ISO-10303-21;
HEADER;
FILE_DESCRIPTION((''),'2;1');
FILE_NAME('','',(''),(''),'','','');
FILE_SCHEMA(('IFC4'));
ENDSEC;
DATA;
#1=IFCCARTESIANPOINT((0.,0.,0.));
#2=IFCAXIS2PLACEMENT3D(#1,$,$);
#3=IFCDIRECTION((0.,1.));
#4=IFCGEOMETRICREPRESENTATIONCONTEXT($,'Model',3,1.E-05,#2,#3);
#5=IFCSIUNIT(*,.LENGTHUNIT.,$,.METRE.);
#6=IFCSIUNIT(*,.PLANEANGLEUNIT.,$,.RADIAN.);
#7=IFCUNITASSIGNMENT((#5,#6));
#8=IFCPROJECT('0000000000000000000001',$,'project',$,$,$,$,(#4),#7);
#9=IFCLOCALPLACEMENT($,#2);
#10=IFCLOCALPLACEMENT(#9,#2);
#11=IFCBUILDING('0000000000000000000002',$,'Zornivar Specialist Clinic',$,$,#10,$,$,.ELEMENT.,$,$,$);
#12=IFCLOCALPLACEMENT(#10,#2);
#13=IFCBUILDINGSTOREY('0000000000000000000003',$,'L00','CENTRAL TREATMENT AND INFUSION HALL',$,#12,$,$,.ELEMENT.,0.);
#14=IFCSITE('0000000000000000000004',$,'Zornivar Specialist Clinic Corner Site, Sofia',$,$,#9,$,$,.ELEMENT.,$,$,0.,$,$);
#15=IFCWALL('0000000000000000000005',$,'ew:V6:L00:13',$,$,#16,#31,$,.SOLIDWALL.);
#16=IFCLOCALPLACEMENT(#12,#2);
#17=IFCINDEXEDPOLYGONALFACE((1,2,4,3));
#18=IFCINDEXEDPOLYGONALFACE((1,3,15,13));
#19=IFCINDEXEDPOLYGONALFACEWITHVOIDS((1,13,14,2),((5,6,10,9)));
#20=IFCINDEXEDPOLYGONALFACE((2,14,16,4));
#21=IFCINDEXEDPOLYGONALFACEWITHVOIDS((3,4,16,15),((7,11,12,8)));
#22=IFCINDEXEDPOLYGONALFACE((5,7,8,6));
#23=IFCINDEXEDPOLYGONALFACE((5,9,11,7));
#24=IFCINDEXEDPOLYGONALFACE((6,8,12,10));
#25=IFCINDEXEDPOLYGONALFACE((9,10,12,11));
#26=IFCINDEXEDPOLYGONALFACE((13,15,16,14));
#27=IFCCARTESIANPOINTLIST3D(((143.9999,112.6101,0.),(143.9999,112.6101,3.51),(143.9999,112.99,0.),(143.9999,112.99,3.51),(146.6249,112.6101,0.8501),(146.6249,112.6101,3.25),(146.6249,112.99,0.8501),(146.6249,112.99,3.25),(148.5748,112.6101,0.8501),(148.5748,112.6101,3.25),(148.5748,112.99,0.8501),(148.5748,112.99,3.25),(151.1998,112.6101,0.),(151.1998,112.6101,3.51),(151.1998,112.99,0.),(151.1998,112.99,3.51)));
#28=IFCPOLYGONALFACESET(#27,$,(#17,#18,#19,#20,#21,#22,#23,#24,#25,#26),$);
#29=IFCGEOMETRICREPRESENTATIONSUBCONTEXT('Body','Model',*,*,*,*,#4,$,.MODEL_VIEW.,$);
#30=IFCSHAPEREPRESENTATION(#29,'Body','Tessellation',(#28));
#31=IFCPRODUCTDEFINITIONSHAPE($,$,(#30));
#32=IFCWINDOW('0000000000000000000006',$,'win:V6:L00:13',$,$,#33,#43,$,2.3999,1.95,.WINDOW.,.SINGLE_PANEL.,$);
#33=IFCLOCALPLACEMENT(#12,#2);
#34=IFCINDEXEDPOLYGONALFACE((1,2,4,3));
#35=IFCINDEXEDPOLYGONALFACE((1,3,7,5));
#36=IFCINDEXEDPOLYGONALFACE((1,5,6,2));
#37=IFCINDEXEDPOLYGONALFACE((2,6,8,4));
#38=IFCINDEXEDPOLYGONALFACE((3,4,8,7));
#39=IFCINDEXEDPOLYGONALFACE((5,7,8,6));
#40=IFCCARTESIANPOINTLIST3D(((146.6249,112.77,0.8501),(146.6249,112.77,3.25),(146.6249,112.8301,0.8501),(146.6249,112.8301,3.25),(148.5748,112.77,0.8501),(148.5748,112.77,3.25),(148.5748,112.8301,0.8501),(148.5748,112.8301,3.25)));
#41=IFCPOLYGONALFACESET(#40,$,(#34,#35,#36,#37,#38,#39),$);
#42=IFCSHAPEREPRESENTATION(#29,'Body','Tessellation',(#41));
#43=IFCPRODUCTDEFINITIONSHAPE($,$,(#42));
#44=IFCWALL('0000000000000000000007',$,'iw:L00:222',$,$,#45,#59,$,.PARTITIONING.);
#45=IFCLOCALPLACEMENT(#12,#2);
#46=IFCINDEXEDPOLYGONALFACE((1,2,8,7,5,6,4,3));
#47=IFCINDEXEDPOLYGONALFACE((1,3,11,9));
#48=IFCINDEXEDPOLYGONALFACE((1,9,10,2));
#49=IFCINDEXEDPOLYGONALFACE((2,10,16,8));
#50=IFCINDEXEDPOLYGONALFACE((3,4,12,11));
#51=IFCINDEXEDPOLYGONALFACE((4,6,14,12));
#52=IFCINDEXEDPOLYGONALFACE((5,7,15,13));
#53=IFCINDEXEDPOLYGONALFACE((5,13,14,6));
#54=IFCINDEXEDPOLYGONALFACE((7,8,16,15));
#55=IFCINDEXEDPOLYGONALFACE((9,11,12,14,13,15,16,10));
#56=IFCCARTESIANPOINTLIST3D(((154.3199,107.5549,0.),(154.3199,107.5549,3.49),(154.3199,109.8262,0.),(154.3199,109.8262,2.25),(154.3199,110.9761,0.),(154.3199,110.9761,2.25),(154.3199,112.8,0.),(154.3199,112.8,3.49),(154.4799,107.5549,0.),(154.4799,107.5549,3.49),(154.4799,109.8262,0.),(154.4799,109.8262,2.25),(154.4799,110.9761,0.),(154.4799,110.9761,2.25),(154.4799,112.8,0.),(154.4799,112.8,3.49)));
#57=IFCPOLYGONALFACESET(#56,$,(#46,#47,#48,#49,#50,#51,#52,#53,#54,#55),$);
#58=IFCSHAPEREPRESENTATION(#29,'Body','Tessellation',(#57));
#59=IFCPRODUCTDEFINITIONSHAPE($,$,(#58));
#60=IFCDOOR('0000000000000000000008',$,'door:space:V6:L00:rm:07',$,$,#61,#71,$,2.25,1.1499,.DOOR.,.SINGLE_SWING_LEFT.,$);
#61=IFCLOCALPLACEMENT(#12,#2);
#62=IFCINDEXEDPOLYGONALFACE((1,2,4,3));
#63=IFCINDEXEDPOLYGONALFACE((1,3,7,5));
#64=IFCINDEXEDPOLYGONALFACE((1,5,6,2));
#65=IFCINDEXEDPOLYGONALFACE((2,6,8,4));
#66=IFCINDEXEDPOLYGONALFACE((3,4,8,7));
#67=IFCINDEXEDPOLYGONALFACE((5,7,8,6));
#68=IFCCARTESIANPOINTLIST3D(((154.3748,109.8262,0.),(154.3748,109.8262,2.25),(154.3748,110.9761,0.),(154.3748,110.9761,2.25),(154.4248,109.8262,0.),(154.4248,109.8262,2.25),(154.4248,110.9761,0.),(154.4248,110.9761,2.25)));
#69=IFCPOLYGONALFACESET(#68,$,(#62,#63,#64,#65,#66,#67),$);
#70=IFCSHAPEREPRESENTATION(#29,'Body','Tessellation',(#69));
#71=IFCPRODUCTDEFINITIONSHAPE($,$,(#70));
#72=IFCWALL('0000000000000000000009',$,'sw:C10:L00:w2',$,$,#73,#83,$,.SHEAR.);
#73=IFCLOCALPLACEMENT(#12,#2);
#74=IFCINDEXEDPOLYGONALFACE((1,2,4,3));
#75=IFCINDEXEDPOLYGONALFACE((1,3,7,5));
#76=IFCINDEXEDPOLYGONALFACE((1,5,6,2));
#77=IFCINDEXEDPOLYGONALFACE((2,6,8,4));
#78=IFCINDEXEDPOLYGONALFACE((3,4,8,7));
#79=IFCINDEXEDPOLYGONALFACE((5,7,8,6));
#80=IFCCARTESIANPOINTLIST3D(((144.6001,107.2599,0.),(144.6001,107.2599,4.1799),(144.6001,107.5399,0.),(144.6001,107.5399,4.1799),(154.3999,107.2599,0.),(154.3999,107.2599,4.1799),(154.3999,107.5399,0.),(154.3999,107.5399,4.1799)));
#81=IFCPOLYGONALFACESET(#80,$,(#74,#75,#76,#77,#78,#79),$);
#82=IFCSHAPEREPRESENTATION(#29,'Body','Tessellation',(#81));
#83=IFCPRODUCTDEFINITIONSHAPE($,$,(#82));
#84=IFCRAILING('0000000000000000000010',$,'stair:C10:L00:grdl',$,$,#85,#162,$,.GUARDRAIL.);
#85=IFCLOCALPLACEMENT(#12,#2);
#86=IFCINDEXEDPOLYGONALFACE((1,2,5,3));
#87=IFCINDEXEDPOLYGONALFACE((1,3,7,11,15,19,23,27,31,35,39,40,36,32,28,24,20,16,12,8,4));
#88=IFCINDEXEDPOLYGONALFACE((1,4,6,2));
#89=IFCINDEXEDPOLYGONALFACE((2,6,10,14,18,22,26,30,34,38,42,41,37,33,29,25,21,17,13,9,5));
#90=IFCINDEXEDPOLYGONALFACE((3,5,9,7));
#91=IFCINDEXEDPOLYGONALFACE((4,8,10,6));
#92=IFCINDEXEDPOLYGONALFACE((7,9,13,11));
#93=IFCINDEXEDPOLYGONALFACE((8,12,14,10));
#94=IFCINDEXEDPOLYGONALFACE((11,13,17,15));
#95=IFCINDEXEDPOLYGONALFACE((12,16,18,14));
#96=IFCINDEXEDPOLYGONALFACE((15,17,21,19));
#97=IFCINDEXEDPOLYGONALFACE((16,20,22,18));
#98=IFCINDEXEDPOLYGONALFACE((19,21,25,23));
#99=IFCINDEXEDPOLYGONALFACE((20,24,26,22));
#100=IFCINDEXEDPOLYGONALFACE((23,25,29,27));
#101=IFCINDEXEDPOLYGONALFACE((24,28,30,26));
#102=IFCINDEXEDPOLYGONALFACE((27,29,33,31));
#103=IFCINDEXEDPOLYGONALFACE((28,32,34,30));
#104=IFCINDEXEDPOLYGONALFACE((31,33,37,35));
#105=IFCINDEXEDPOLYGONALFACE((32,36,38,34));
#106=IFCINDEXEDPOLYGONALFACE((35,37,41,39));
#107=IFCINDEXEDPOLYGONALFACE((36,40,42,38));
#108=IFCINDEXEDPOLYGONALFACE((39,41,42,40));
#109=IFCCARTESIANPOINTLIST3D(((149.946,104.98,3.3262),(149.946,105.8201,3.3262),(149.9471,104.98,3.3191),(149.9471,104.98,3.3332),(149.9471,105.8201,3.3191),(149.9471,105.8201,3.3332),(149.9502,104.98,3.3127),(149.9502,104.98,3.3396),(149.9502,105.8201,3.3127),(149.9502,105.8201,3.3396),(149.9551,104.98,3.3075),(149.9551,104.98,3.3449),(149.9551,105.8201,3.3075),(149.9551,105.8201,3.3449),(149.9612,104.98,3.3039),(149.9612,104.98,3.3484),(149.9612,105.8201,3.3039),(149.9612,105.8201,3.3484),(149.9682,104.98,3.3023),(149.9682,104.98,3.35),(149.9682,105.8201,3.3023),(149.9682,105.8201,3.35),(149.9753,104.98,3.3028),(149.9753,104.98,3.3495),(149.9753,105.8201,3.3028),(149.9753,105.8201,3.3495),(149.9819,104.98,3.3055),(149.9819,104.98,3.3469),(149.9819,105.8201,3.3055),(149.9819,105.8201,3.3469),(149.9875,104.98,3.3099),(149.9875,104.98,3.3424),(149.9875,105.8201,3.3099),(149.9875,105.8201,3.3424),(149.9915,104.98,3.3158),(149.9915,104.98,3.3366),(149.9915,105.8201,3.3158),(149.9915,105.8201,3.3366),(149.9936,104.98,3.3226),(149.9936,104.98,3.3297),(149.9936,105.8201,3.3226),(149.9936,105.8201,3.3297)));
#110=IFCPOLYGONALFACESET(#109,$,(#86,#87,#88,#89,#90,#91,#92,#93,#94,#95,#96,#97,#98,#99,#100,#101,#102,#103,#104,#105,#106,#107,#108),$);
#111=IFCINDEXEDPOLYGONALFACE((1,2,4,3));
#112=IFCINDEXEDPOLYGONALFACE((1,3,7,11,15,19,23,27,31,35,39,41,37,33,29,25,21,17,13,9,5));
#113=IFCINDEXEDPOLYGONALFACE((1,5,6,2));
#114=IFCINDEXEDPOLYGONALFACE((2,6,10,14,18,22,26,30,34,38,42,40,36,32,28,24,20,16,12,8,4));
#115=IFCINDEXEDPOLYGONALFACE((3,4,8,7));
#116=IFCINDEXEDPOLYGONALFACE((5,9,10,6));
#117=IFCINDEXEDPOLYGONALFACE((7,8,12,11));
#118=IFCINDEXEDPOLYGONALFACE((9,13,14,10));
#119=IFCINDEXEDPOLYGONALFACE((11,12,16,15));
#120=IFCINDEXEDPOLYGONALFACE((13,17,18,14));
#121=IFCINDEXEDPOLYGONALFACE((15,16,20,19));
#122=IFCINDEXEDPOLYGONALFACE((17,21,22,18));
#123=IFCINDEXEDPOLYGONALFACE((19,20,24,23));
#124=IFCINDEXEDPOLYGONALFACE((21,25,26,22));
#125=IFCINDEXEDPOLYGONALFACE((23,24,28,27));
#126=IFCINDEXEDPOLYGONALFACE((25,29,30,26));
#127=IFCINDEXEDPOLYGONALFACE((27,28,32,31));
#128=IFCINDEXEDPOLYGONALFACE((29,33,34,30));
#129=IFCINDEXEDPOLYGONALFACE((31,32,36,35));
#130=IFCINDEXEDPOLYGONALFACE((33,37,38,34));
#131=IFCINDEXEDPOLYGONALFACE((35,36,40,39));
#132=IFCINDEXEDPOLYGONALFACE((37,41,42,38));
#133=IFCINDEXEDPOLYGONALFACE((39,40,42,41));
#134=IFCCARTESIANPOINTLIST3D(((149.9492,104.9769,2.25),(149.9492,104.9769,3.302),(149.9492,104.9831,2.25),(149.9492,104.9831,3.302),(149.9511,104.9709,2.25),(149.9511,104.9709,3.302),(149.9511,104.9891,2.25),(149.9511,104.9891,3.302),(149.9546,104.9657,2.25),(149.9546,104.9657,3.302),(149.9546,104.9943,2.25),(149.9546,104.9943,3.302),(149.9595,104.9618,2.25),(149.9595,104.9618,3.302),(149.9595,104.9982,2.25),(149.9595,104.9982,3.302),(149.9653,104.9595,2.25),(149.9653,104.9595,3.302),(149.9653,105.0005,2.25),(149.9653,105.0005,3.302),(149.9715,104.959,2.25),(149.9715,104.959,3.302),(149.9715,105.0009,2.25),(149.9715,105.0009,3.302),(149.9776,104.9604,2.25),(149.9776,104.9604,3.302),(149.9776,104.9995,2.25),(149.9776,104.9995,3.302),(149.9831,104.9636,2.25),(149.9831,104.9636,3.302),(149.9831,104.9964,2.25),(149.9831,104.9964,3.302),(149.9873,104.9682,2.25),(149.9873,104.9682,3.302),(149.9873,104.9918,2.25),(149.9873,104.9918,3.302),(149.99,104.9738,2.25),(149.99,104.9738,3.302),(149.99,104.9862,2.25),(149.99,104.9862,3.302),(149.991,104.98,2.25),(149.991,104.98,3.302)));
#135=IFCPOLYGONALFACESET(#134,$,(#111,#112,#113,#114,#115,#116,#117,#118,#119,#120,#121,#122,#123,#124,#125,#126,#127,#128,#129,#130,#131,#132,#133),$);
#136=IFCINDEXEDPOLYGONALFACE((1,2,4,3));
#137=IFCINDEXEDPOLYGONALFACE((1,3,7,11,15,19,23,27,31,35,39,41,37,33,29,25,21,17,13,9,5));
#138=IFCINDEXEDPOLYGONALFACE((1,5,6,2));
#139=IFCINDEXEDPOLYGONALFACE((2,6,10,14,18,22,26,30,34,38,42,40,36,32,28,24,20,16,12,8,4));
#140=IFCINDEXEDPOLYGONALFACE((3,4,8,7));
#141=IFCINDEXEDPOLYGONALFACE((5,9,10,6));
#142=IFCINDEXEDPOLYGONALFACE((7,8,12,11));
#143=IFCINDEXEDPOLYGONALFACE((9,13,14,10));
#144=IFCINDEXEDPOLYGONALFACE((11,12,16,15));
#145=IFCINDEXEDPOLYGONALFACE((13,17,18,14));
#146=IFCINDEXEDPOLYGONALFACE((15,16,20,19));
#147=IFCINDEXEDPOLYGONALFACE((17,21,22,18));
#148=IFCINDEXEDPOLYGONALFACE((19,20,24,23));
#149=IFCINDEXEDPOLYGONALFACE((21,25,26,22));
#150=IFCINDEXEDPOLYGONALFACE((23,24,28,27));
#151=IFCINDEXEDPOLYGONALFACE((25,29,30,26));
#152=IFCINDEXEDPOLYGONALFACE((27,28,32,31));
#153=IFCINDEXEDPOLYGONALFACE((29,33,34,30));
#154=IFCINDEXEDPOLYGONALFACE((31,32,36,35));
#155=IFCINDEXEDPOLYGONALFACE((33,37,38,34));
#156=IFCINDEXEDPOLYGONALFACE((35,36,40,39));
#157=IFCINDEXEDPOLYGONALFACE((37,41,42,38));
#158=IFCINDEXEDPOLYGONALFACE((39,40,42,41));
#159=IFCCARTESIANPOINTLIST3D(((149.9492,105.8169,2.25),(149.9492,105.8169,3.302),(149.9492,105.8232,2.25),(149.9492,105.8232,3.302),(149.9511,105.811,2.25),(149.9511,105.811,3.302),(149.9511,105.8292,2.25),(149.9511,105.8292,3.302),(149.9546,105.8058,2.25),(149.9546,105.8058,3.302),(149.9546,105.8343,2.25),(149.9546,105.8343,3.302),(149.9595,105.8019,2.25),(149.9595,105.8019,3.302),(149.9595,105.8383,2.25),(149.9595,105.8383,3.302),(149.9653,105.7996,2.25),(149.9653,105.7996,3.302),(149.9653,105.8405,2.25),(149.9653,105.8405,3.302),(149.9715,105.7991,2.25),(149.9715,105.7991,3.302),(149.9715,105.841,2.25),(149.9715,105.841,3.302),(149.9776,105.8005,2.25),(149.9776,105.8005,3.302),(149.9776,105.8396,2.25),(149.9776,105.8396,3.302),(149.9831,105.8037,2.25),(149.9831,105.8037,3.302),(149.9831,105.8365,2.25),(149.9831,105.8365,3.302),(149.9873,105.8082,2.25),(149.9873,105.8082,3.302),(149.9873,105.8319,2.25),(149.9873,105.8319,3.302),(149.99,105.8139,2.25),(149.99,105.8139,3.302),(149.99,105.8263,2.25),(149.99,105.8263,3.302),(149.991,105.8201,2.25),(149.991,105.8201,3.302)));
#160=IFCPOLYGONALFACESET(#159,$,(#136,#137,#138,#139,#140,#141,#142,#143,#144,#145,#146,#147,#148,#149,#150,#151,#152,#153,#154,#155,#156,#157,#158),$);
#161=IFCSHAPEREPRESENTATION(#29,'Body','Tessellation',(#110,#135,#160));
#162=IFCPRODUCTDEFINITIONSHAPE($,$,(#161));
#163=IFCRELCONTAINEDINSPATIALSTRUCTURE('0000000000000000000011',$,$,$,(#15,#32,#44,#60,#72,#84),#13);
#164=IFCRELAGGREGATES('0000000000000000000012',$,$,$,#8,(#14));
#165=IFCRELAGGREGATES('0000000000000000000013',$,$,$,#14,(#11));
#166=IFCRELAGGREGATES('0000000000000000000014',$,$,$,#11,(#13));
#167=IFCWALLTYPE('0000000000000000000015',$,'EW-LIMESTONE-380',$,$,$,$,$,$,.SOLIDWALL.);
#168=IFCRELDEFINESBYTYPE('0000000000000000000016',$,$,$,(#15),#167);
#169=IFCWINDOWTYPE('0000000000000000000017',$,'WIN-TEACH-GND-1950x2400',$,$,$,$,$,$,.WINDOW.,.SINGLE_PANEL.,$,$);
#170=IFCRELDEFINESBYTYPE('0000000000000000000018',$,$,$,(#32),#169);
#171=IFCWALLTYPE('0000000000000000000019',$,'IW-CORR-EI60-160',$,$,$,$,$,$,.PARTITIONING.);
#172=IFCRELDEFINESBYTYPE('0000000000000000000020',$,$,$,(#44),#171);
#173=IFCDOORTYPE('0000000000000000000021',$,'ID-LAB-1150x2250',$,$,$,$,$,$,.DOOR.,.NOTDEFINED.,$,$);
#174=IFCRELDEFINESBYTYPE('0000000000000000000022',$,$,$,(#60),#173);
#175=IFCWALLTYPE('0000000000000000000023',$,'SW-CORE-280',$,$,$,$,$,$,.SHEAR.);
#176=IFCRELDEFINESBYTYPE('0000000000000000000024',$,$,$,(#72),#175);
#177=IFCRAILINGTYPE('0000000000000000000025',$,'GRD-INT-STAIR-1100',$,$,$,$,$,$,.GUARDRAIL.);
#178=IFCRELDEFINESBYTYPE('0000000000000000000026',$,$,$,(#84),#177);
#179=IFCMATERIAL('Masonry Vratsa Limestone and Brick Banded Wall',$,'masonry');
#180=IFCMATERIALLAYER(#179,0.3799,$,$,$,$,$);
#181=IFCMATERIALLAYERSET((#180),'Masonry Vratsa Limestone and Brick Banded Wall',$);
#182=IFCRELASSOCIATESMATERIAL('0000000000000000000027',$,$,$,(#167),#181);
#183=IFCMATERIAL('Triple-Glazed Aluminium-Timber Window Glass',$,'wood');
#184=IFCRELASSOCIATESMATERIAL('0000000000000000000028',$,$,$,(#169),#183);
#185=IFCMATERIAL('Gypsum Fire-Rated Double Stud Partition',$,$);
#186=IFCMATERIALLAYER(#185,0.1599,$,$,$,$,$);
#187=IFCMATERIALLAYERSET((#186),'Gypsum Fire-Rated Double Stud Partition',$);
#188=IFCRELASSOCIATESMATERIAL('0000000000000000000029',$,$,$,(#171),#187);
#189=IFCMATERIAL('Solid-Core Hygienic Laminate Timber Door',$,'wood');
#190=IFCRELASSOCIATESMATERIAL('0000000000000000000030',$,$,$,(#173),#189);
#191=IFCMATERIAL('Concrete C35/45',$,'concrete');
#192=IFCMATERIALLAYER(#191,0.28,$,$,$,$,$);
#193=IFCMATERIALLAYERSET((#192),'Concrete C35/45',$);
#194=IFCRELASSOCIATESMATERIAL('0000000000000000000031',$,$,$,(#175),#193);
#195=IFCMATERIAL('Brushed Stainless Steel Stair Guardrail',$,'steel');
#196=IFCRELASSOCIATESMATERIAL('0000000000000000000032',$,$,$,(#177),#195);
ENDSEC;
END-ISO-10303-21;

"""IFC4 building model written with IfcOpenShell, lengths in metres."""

from ifc_helpers import new_model, si_unit, direction, frame, frame_2d, origin, origin_2d, place, context, subcontext, project, spatial, rectangle, circle, extrude, material, layer, layer_set, type_object, element, fill, save


model = new_model("IFC4")

# Units and contexts
model_context = context("Model", 3, precision=1e-05, world=origin(), true_north=direction((0.0, 1.0)))
body_context = subcontext(model_context, "Body", "Model", "MODEL_VIEW")
ifc_project = project(units=[si_unit("LENGTHUNIT", "METRE"), si_unit("PLANEANGLEUNIT", "RADIAN")], contexts=[model_context])

# Site, building, storey
site_placement = place(None, origin())
site = spatial("IfcSite", under=ifc_project, at=site_placement, Name="Zornivar Specialist Clinic Corner Site, Sofia", CompositionType="ELEMENT", RefElevation=0.0)
building_placement = place(site_placement, origin())
building = spatial("IfcBuilding", under=site, at=building_placement, Name="Zornivar Specialist Clinic", CompositionType="ELEMENT")
storey_placement = place(building_placement, origin())
storey = spatial("IfcBuildingStorey", under=building, at=storey_placement, Name="L00", Description="CENTRAL TREATMENT AND INFUSION HALL", CompositionType="ELEMENT", Elevation=0.0)

# Wall, opening, window
ifc_material_1 = material(Name="Masonry Vratsa Limestone and Brick Banded Wall", Category="masonry")
ifc_layer_1 = layer(ifc_material_1, 0.3799)
ifc_layer_set_1 = layer_set([ifc_layer_1], Name="Masonry Vratsa Limestone and Brick Banded Wall")
wall_type_1 = type_object("IfcWallType", Name="EW-LIMESTONE-380", PredefinedType="SOLIDWALL", material=ifc_layer_set_1)
wall_1_placement = place(storey_placement, frame((151.2, 112.8, 0.0), z_axis=(0.0, 0.0, 1.0), x_axis=(-1.0, 0.0, 0.0)))
wall_1 = element("IfcWall", 1, at=wall_1_placement, inside=storey, type_object=wall_type_1, Name="ew:V6:L00:13", PredefinedType="SOLIDWALL", context=body_context, shape_type="SweptSolid", body=[
    extrude(rectangle(XDim=7.2, YDim=0.3799, at=frame_2d((3.6001, 0.0))), origin(), (0.0, 0.0, 1.0), 3.51),
])
opening_1_placement = place(wall_1_placement, frame((2.625, 0.0, 0.8501)))
opening_1 = element("IfcOpeningElement", 2, at=opening_1_placement, cuts=wall_1, PredefinedType="OPENING", context=body_context, shape_type="SweptSolid", body=[
    extrude(rectangle(XDim=1.95, YDim=2.3999, at=frame_2d((0.9751, 1.2))), frame((0.0, 0.2, 0.0), z_axis=(0.0, -1.0, 0.0), x_axis=(1.0, 0.0, 0.0)), (0.0, 0.0, 1.0), 0.3999),
])
ifc_material_2 = material(Name="Triple-Glazed Aluminium-Timber Window Glass", Category="wood")
window_type = type_object("IfcWindowType", Name="WIN-TEACH-GND-1950x2400", PartitioningType="SINGLE_PANEL", PredefinedType="WINDOW", material=ifc_material_2)
window_placement = place(opening_1_placement, origin())
window = element("IfcWindow", 3, at=window_placement, inside=storey, type_object=window_type, Name="win:V6:L00:13", OverallHeight=2.3999, OverallWidth=1.95, PartitioningType="SINGLE_PANEL", PredefinedType="WINDOW", context=body_context, shape_type="SweptSolid", body=[
    extrude(rectangle(XDim=1.95, YDim=2.3999, at=frame_2d((0.9751, 1.2))), frame((0.0, 0.03, 0.0), z_axis=(0.0, -1.0, 0.0), x_axis=(1.0, 0.0, 0.0)), (0.0, 0.0, 1.0), 0.0601),
])
fill(opening_1, window)

# Wall, opening, door
ifc_material_3 = material(Name="Gypsum Fire-Rated Double Stud Partition")
ifc_layer_2 = layer(ifc_material_3, 0.1599)
ifc_layer_set_2 = layer_set([ifc_layer_2], Name="Gypsum Fire-Rated Double Stud Partition")
wall_type_2 = type_object("IfcWallType", Name="IW-CORR-EI60-160", PredefinedType="PARTITIONING", material=ifc_layer_set_2)
wall_2_placement = place(storey_placement, frame((154.3999, 112.8, 0.0), z_axis=(0.0, 0.0, 1.0), x_axis=(0.0, -1.0, 0.0)))
wall_2 = element("IfcWall", 4, at=wall_2_placement, inside=storey, type_object=wall_type_2, Name="iw:L00:222", PredefinedType="PARTITIONING", context=body_context, shape_type="SweptSolid", body=[
    extrude(rectangle(XDim=5.2451, YDim=0.1599, at=frame_2d((2.6226, 0.0))), origin(), (0.0, 0.0, 1.0), 3.49),
])
opening_2_placement = place(wall_2_placement, frame((1.824, 0.0, 0.0)))
opening_2 = element("IfcOpeningElement", 5, at=opening_2_placement, cuts=wall_2, PredefinedType="OPENING", context=body_context, shape_type="SweptSolid", body=[
    extrude(rectangle(XDim=1.1499, YDim=2.25, at=frame_2d((0.575, 1.125))), frame((0.0, 0.0898, 0.0), z_axis=(0.0, -1.0, 0.0), x_axis=(1.0, 0.0, 0.0)), (0.0, 0.0, 1.0), 0.1799),
])
ifc_material_4 = material(Name="Solid-Core Hygienic Laminate Timber Door", Category="wood")
door_type = type_object("IfcDoorType", Name="ID-LAB-1150x2250", OperationType="NOTDEFINED", PredefinedType="DOOR", material=ifc_material_4)
door_placement = place(opening_2_placement, origin())
door = element("IfcDoor", 6, at=door_placement, inside=storey, type_object=door_type, Name="door:space:V6:L00:rm:07", OperationType="SINGLE_SWING_LEFT", OverallHeight=2.25, OverallWidth=1.1499, PredefinedType="DOOR", context=body_context, shape_type="SweptSolid", body=[
    extrude(rectangle(XDim=1.1499, YDim=2.25, at=frame_2d((0.575, 1.125))), frame((0.0, 0.0249, 0.0), z_axis=(0.0, -1.0, 0.0), x_axis=(1.0, 0.0, 0.0)), (0.0, 0.0, 1.0), 0.05),
])
fill(opening_2, door)

# Wall
ifc_material_5 = material(Name="Concrete C35/45", Category="concrete")
ifc_layer_3 = layer(ifc_material_5, 0.28)
ifc_layer_set_3 = layer_set([ifc_layer_3], Name="Concrete C35/45")
wall_type_3 = type_object("IfcWallType", Name="SW-CORE-280", PredefinedType="SHEAR", material=ifc_layer_set_3)
wall_3_placement = place(storey_placement, frame((154.3999, 107.3999, 0.0), z_axis=(0.0, 0.0, 1.0), x_axis=(-1.0, 0.0, 0.0)))
element("IfcWall", 7, at=wall_3_placement, inside=storey, type_object=wall_type_3, Name="sw:C10:L00:w2", PredefinedType="SHEAR", context=body_context, shape_type="SweptSolid", body=[
    extrude(rectangle(XDim=9.7998, YDim=0.28, at=frame_2d((4.8999, 0.0))), origin(), (0.0, 0.0, 1.0), 4.1799),
])

# Railing
ifc_material_6 = material(Name="Brushed Stainless Steel Stair Guardrail", Category="steel")
railing_type_1 = type_object("IfcRailingType", Name="GRD-INT-STAIR-1100", PredefinedType="GUARDRAIL", material=ifc_material_6)
railing_1_placement = place(storey_placement, frame((149.97, 104.98, 2.25)))
element("IfcRailing", 8, at=railing_1_placement, inside=storey, type_object=railing_type_1, Name="stair:C10:L00:grdl", PredefinedType="GUARDRAIL", context=body_context, shape_type="SweptSolid", body=[
    extrude(circle(Radius=0.0239, at=origin_2d()), frame((0.0, 0.0, 1.0762), z_axis=(0.0, 1.0, 0.0), x_axis=(-1.0, 0.0, 0.0)), (0.0, 0.0, 1.0), 0.8401),
    extrude(circle(Radius=0.021, at=origin_2d()), origin(), (0.0, 0.0, 1.0), 1.052),
    extrude(circle(Radius=0.021, at=origin_2d()), frame((0.0, 0.8401, 0.0)), (0.0, 0.0, 1.0), 1.052),
])

save(model, "model.ifc")
